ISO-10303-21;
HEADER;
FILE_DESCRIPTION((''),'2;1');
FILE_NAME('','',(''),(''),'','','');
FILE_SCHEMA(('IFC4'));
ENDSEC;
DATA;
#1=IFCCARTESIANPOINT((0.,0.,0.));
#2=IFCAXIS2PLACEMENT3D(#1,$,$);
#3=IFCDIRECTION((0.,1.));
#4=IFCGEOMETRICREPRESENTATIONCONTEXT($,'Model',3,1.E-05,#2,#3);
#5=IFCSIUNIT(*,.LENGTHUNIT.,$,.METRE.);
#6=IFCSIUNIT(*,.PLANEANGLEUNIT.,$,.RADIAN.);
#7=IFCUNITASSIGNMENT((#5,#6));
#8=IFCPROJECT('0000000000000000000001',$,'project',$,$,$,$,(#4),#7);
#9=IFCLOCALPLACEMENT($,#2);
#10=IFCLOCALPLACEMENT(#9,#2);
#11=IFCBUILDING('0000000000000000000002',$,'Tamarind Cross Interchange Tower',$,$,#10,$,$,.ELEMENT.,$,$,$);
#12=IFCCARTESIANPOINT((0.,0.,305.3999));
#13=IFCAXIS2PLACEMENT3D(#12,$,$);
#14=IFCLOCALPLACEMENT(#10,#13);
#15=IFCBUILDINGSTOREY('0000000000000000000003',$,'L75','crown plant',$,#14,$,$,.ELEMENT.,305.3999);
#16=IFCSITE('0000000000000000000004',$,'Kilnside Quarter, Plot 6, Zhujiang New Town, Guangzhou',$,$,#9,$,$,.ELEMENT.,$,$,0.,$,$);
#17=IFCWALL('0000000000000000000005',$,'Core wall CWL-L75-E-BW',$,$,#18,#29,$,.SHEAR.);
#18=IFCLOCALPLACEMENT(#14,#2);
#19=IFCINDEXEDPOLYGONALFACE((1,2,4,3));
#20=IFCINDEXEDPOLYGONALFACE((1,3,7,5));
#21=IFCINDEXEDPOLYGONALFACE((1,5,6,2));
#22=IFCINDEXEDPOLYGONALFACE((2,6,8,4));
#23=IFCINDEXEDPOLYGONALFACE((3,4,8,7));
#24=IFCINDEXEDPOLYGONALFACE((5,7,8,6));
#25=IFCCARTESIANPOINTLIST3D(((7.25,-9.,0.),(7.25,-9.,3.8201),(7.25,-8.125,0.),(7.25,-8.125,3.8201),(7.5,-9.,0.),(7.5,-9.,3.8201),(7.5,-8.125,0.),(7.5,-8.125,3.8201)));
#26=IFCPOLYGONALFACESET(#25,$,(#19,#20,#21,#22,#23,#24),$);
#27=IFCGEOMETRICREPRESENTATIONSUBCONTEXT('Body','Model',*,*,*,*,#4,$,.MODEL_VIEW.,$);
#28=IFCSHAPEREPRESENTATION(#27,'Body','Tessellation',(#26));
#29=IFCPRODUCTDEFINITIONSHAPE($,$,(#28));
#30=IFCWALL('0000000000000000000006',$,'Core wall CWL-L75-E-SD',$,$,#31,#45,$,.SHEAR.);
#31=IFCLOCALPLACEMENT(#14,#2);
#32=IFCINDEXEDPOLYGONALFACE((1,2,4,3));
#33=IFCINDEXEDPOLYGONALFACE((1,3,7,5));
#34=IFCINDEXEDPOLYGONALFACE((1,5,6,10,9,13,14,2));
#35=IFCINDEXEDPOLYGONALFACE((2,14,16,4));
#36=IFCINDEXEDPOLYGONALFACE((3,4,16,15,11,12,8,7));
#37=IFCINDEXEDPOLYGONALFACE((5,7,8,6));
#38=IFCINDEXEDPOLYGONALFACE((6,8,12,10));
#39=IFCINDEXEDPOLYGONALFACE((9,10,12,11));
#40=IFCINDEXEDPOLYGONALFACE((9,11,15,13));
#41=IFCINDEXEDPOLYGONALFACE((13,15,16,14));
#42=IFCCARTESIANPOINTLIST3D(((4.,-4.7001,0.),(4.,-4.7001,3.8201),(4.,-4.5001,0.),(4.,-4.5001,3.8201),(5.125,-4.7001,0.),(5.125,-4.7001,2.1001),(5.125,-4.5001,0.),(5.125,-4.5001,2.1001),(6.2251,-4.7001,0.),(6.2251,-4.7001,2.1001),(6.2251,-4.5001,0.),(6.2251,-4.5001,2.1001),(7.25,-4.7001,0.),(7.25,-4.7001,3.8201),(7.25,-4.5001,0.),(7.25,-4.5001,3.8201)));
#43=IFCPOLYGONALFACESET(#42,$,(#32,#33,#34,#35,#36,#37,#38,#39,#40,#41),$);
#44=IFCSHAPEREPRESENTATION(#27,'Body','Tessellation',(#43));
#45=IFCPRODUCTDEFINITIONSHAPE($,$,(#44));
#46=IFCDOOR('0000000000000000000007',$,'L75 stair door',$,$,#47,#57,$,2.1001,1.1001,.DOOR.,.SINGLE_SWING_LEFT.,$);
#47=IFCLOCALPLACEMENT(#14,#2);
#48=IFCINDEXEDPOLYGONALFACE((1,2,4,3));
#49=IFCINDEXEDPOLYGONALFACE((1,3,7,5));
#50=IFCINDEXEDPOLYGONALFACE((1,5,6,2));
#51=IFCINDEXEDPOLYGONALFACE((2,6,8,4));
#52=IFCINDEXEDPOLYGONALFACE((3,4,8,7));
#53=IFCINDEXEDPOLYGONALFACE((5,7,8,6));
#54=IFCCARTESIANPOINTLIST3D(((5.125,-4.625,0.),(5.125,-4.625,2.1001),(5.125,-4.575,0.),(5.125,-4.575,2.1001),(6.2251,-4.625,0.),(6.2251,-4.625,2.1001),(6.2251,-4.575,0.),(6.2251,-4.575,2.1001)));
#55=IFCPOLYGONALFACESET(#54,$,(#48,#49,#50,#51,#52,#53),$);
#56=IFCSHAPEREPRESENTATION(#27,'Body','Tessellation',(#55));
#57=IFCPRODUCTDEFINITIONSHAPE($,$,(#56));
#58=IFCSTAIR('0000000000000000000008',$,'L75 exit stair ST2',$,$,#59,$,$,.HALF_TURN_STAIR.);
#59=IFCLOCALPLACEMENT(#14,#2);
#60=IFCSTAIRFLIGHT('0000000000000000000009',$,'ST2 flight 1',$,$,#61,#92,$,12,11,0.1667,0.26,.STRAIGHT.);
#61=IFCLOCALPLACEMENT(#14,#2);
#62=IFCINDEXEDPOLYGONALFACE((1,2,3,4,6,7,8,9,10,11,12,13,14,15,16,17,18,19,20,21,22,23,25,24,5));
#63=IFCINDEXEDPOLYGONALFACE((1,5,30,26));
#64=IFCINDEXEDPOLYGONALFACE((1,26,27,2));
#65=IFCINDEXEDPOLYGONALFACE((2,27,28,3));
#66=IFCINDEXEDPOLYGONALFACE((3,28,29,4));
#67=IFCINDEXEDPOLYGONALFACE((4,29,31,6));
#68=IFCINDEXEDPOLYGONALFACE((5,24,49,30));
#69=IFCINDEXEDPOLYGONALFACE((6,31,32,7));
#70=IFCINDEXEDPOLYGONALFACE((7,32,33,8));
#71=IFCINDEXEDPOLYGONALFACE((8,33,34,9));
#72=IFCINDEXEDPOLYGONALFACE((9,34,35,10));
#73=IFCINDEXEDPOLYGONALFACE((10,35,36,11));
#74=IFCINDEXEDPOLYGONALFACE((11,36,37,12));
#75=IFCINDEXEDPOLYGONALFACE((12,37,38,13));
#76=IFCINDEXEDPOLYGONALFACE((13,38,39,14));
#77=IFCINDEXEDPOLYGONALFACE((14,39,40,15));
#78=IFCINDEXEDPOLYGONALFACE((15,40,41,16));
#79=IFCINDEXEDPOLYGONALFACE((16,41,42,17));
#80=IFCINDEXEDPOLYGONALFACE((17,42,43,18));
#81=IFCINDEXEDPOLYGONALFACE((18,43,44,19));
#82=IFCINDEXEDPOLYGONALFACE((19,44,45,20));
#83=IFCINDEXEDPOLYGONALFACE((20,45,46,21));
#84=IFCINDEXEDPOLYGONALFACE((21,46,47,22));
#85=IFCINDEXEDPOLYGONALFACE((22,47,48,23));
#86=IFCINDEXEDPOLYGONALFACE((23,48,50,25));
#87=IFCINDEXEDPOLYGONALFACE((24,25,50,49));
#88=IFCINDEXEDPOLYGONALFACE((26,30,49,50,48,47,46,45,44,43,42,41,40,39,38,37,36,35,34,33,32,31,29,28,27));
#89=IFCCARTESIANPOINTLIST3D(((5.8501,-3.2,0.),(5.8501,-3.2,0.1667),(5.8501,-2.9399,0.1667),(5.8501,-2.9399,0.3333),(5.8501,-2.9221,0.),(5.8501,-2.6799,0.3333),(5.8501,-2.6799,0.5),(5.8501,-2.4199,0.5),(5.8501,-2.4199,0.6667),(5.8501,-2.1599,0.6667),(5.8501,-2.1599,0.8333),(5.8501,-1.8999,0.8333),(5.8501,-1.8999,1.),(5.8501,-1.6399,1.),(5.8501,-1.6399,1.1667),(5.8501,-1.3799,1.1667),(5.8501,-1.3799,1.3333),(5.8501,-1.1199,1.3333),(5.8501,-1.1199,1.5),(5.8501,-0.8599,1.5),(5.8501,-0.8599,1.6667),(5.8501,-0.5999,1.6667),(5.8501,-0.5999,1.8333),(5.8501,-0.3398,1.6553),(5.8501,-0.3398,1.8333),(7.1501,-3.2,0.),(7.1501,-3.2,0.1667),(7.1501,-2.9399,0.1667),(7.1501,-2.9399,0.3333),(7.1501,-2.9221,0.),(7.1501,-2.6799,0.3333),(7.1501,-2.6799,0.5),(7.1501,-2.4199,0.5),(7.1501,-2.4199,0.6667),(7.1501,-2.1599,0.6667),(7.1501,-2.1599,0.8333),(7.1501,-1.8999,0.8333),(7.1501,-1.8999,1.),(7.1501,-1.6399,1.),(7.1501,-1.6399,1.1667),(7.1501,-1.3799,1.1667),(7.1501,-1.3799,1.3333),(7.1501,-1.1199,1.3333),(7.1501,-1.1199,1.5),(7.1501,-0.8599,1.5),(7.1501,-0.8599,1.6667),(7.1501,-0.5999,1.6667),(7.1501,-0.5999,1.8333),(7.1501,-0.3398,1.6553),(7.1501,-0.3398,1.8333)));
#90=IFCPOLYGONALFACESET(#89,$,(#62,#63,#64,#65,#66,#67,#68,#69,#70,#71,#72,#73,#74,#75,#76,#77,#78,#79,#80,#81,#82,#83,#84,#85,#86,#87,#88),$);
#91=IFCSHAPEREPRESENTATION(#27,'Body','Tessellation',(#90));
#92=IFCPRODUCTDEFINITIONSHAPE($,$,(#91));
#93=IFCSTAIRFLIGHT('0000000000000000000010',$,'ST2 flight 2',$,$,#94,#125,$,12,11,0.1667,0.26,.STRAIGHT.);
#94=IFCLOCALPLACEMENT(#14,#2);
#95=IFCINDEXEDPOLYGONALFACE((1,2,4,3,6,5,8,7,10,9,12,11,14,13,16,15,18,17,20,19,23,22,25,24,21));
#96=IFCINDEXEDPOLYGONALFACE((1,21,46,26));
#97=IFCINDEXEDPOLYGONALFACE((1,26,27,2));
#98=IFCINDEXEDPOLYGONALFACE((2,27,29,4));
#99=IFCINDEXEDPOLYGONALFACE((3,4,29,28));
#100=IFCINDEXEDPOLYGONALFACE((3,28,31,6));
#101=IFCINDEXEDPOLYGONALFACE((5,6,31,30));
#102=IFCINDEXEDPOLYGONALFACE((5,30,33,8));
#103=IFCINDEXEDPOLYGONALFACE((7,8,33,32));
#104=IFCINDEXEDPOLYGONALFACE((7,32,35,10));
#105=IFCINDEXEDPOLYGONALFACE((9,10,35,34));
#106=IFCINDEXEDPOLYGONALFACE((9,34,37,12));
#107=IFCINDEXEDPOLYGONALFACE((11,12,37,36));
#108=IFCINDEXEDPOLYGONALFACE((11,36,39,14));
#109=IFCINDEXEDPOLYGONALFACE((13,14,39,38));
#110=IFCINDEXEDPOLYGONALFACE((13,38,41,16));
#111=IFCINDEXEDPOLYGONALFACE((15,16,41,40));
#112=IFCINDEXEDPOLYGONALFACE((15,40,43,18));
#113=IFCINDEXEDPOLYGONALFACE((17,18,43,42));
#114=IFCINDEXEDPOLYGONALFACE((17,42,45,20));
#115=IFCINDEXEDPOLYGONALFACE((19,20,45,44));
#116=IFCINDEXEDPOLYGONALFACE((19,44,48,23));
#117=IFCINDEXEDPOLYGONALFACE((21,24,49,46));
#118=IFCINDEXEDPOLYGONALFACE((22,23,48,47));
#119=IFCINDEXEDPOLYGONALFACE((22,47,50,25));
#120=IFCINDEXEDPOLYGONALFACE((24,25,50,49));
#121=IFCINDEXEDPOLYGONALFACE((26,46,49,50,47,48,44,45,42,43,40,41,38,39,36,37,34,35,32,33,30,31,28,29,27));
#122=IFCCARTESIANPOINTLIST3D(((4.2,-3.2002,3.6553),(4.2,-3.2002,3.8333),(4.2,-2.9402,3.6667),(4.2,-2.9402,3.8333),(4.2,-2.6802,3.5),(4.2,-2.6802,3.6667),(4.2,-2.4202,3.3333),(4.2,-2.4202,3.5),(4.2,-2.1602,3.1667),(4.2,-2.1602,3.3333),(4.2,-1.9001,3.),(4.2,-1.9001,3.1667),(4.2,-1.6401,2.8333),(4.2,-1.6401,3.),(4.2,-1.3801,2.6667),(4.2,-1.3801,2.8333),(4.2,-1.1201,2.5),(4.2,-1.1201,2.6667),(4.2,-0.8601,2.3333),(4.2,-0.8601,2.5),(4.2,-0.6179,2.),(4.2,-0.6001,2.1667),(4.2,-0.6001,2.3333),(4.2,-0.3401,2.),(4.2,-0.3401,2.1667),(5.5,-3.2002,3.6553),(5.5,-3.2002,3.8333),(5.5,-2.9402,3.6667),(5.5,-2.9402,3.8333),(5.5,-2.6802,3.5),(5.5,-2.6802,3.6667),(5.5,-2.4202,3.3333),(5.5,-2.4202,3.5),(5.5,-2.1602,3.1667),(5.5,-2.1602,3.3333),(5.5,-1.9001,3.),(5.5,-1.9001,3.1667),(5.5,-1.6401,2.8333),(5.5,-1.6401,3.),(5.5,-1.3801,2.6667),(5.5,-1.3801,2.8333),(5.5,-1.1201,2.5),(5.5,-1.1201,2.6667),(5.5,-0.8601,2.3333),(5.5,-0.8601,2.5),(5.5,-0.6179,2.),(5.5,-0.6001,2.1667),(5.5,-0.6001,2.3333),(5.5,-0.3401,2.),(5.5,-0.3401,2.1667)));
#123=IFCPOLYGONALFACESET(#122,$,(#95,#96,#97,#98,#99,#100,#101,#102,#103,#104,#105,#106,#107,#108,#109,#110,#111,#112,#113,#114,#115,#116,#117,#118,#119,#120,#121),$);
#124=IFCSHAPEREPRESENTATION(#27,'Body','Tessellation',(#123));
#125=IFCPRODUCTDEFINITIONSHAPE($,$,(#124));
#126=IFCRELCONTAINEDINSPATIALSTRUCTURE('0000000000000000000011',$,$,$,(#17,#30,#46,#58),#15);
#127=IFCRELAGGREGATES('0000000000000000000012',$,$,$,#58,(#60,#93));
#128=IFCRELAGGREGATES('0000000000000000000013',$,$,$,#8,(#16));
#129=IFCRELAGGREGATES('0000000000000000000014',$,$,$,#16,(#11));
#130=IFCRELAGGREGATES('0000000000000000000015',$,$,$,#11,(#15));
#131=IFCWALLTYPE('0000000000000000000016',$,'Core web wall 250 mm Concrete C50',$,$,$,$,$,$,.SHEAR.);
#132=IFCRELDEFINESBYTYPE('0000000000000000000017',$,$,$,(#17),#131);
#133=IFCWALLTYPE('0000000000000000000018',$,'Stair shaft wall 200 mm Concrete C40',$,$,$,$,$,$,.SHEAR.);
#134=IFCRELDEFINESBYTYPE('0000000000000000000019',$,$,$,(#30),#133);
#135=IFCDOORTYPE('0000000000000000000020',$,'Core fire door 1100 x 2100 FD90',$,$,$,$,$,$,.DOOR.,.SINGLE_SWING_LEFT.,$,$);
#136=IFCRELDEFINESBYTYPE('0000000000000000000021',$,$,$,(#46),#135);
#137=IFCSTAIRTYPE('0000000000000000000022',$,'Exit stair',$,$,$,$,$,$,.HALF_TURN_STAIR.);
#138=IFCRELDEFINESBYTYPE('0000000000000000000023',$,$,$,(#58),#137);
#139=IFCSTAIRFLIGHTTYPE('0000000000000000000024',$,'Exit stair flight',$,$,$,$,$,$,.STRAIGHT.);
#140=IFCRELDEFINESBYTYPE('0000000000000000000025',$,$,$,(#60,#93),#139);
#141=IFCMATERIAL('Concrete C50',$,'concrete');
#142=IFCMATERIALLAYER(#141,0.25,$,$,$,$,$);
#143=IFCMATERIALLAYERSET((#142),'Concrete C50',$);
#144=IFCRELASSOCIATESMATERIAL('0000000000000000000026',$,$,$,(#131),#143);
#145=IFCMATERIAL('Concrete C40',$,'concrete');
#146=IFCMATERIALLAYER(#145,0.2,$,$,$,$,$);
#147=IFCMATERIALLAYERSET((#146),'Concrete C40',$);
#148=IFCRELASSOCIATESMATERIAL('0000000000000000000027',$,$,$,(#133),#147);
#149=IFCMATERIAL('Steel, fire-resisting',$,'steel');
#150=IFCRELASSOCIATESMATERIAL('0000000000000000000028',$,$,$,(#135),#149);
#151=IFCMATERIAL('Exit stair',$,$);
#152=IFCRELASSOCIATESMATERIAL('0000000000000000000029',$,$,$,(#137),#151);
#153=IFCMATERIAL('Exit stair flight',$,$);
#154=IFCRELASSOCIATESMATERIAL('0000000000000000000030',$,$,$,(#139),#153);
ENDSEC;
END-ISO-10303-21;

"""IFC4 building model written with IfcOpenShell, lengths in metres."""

from ifc_helpers import new_model, si_unit, direction, frame, frame_2d, origin, place, context, subcontext, project, spatial, polyline, rectangle, outline, extrude, material, layer, layer_set, type_object, element, fill, aggregate, save


model = new_model("IFC4")

# Units and contexts
model_context = context("Model", 3, precision=1e-05, world=origin(), true_north=direction((0.0, 1.0)))
body_context = subcontext(model_context, "Body", "Model", "MODEL_VIEW")
ifc_project = project(units=[si_unit("LENGTHUNIT", "METRE"), si_unit("PLANEANGLEUNIT", "RADIAN")], contexts=[model_context])

# Site, building, storey
site_placement = place(None, origin())
site = spatial("IfcSite", under=ifc_project, at=site_placement, Name="Kilnside Quarter, Plot 6, Zhujiang New Town, Guangzhou", CompositionType="ELEMENT", RefElevation=0.0)
building_placement = place(site_placement, origin())
building = spatial("IfcBuilding", under=site, at=building_placement, Name="Tamarind Cross Interchange Tower", CompositionType="ELEMENT")
storey_placement = place(building_placement, frame((0.0, 0.0, 305.3999)))
storey = spatial("IfcBuildingStorey", under=building, at=storey_placement, Name="L75", Description="crown plant", CompositionType="ELEMENT", Elevation=305.3999)

# Shared definitions
ifc_material_1 = material(Name="Concrete C40", Category="concrete")

# Wall
ifc_material_2 = material(Name="Concrete C50", Category="concrete")
ifc_layer_1 = layer(ifc_material_2, 0.25)
ifc_layer_set_1 = layer_set([ifc_layer_1], Name="Concrete C50")
wall_type_1 = type_object("IfcWallType", Name="Core web wall 250 mm Concrete C50", PredefinedType="SHEAR", material=ifc_layer_set_1)
wall_1_placement = place(storey_placement, frame((7.375, -9.0, 0.0), z_axis=(0.0, 0.0, 1.0), x_axis=(0.0, 1.0, 0.0)))
element("IfcWall", 1, at=wall_1_placement, inside=storey, type_object=wall_type_1, Name="Core wall CWL-L75-E-BW", PredefinedType="SHEAR", context=body_context, shape_type="SweptSolid", body=[
    extrude(rectangle(XDim=0.875, YDim=0.25, at=frame_2d((0.4375, 0.0))), origin(), (0.0, 0.0, 1.0), 3.8201),
])

# Wall, opening, door
ifc_layer_2 = layer(ifc_material_1, 0.2)
ifc_layer_set_2 = layer_set([ifc_layer_2], Name="Concrete C40")
wall_type_2 = type_object("IfcWallType", Name="Stair shaft wall 200 mm Concrete C40", PredefinedType="SHEAR", material=ifc_layer_set_2)
wall_2_placement = place(storey_placement, frame((7.25, -4.6001, 0.0), z_axis=(0.0, 0.0, 1.0), x_axis=(-1.0, 0.0, 0.0)))
wall_2 = element("IfcWall", 2, at=wall_2_placement, inside=storey, type_object=wall_type_2, Name="Core wall CWL-L75-E-SD", PredefinedType="SHEAR", context=body_context, shape_type="SweptSolid", body=[
    extrude(rectangle(XDim=3.25, YDim=0.2, at=frame_2d((1.625, 0.0))), origin(), (0.0, 0.0, 1.0), 3.8201),
])
opening_placement = place(wall_2_placement, frame((1.0249, 0.0, 0.0)))
opening = element("IfcOpeningElement", 3, at=opening_placement, cuts=wall_2, PredefinedType="OPENING", context=body_context, shape_type="SweptSolid", body=[
    extrude(rectangle(XDim=1.1001, YDim=2.1001, at=frame_2d((0.55, 1.05))), frame((0.0, 0.1099, 0.0), z_axis=(0.0, -1.0, 0.0), x_axis=(1.0, 0.0, 0.0)), (0.0, 0.0, 1.0), 0.22),
])
ifc_material_3 = material(Name="Steel, fire-resisting", Category="steel")
door_type = type_object("IfcDoorType", Name="Core fire door 1100 x 2100 FD90", OperationType="SINGLE_SWING_LEFT", PredefinedType="DOOR", material=ifc_material_3)
door_placement = place(opening_placement, origin())
door = element("IfcDoor", 4, at=door_placement, inside=storey, type_object=door_type, Name="L75 stair door", OperationType="SINGLE_SWING_LEFT", OverallHeight=2.1001, OverallWidth=1.1001, PredefinedType="DOOR", context=body_context, shape_type="SweptSolid", body=[
    extrude(rectangle(XDim=1.1001, YDim=2.1001, at=frame_2d((0.55, 1.05))), frame((0.0, 0.0249, 0.0), z_axis=(0.0, -1.0, 0.0), x_axis=(1.0, 0.0, 0.0)), (0.0, 0.0, 1.0), 0.05),
])
fill(opening, door)

# Stair, stair flights
ifc_material_4 = material(Name="Exit stair")
stair_type = type_object("IfcStairType", Name="Exit stair", PredefinedType="HALF_TURN_STAIR", material=ifc_material_4)
stair_placement = place(storey_placement, origin())
stair = element("IfcStair", 5, at=stair_placement, inside=storey, type_object=stair_type, Name="L75 exit stair ST2", PredefinedType="HALF_TURN_STAIR")
ifc_material_5 = material(Name="Exit stair flight")
stair_flight_type = type_object("IfcStairFlightType", Name="Exit stair flight", PredefinedType="STRAIGHT", material=ifc_material_5)
stair_flight_1_placement = place(storey_placement, frame((6.5, -3.2, 0.0), z_axis=(0.0, 0.0, 1.0), x_axis=(0.0, 1.0, 0.0)))
stair_flight_1 = element("IfcStairFlight", 6, at=stair_flight_1_placement, type_object=stair_flight_type, Name="ST2 flight 1", NumberOfRisers=12, NumberOfTreads=11, PredefinedType="STRAIGHT", RiserHeight=0.1667, TreadLength=0.26, context=body_context, shape_type="SweptSolid", body=[
    extrude(outline(polyline([(0.0, 0.0), (0.0, 0.1667), (0.26, 0.1667), (0.26, 0.3333), (0.52, 0.3333), (0.52, 0.5), (0.78, 0.5), (0.78, 0.6667), (1.04, 0.6667), (1.04, 0.8333), (1.3, 0.8333), (1.3, 1.0), (1.5601, 1.0), (1.5601, 1.1667), (1.8201, 1.1667), (1.8201, 1.3333), (2.0801, 1.3333), (2.0801, 1.5), (2.3401, 1.5), (2.3401, 1.6667), (2.6001, 1.6667), (2.6001, 1.8333), (2.8601, 1.8333), (2.8601, 2.0), (2.8601, 1.6553), (0.2778, 0.0), (0.0, 0.0)])), frame((0.0, 0.6499, 0.0), z_axis=(0.0, -1.0, 0.0), x_axis=(1.0, 0.0, 0.0)), (0.0, 0.0, 1.0), 1.3),
])
stair_flight_2_placement = place(storey_placement, frame((4.8501, -0.3401, 2.0), z_axis=(0.0, 0.0, 1.0), x_axis=(0.0, -1.0, 0.0)))
stair_flight_2 = element("IfcStairFlight", 7, at=stair_flight_2_placement, type_object=stair_flight_type, Name="ST2 flight 2", NumberOfRisers=12, NumberOfTreads=11, PredefinedType="STRAIGHT", RiserHeight=0.1667, TreadLength=0.26, context=body_context, shape_type="SweptSolid", body=[
    extrude(outline(polyline([(0.0, 0.0), (0.0, 0.1667), (0.26, 0.1667), (0.26, 0.3333), (0.52, 0.3333), (0.52, 0.5), (0.78, 0.5), (0.78, 0.6667), (1.04, 0.6667), (1.04, 0.8333), (1.3, 0.8333), (1.3, 1.0), (1.5601, 1.0), (1.5601, 1.1667), (1.8201, 1.1667), (1.8201, 1.3333), (2.0801, 1.3333), (2.0801, 1.5), (2.3401, 1.5), (2.3401, 1.6667), (2.6001, 1.6667), (2.6001, 1.8333), (2.8601, 1.8333), (2.8601, 2.0), (2.8601, 1.6553), (0.2778, 0.0), (0.0, 0.0)])), frame((0.0, 0.6499, 0.0), z_axis=(0.0, -1.0, 0.0), x_axis=(1.0, 0.0, 0.0)), (0.0, 0.0, 1.0), 1.3),
])
aggregate(stair, [stair_flight_1, stair_flight_2])

save(model, "model.ifc")
